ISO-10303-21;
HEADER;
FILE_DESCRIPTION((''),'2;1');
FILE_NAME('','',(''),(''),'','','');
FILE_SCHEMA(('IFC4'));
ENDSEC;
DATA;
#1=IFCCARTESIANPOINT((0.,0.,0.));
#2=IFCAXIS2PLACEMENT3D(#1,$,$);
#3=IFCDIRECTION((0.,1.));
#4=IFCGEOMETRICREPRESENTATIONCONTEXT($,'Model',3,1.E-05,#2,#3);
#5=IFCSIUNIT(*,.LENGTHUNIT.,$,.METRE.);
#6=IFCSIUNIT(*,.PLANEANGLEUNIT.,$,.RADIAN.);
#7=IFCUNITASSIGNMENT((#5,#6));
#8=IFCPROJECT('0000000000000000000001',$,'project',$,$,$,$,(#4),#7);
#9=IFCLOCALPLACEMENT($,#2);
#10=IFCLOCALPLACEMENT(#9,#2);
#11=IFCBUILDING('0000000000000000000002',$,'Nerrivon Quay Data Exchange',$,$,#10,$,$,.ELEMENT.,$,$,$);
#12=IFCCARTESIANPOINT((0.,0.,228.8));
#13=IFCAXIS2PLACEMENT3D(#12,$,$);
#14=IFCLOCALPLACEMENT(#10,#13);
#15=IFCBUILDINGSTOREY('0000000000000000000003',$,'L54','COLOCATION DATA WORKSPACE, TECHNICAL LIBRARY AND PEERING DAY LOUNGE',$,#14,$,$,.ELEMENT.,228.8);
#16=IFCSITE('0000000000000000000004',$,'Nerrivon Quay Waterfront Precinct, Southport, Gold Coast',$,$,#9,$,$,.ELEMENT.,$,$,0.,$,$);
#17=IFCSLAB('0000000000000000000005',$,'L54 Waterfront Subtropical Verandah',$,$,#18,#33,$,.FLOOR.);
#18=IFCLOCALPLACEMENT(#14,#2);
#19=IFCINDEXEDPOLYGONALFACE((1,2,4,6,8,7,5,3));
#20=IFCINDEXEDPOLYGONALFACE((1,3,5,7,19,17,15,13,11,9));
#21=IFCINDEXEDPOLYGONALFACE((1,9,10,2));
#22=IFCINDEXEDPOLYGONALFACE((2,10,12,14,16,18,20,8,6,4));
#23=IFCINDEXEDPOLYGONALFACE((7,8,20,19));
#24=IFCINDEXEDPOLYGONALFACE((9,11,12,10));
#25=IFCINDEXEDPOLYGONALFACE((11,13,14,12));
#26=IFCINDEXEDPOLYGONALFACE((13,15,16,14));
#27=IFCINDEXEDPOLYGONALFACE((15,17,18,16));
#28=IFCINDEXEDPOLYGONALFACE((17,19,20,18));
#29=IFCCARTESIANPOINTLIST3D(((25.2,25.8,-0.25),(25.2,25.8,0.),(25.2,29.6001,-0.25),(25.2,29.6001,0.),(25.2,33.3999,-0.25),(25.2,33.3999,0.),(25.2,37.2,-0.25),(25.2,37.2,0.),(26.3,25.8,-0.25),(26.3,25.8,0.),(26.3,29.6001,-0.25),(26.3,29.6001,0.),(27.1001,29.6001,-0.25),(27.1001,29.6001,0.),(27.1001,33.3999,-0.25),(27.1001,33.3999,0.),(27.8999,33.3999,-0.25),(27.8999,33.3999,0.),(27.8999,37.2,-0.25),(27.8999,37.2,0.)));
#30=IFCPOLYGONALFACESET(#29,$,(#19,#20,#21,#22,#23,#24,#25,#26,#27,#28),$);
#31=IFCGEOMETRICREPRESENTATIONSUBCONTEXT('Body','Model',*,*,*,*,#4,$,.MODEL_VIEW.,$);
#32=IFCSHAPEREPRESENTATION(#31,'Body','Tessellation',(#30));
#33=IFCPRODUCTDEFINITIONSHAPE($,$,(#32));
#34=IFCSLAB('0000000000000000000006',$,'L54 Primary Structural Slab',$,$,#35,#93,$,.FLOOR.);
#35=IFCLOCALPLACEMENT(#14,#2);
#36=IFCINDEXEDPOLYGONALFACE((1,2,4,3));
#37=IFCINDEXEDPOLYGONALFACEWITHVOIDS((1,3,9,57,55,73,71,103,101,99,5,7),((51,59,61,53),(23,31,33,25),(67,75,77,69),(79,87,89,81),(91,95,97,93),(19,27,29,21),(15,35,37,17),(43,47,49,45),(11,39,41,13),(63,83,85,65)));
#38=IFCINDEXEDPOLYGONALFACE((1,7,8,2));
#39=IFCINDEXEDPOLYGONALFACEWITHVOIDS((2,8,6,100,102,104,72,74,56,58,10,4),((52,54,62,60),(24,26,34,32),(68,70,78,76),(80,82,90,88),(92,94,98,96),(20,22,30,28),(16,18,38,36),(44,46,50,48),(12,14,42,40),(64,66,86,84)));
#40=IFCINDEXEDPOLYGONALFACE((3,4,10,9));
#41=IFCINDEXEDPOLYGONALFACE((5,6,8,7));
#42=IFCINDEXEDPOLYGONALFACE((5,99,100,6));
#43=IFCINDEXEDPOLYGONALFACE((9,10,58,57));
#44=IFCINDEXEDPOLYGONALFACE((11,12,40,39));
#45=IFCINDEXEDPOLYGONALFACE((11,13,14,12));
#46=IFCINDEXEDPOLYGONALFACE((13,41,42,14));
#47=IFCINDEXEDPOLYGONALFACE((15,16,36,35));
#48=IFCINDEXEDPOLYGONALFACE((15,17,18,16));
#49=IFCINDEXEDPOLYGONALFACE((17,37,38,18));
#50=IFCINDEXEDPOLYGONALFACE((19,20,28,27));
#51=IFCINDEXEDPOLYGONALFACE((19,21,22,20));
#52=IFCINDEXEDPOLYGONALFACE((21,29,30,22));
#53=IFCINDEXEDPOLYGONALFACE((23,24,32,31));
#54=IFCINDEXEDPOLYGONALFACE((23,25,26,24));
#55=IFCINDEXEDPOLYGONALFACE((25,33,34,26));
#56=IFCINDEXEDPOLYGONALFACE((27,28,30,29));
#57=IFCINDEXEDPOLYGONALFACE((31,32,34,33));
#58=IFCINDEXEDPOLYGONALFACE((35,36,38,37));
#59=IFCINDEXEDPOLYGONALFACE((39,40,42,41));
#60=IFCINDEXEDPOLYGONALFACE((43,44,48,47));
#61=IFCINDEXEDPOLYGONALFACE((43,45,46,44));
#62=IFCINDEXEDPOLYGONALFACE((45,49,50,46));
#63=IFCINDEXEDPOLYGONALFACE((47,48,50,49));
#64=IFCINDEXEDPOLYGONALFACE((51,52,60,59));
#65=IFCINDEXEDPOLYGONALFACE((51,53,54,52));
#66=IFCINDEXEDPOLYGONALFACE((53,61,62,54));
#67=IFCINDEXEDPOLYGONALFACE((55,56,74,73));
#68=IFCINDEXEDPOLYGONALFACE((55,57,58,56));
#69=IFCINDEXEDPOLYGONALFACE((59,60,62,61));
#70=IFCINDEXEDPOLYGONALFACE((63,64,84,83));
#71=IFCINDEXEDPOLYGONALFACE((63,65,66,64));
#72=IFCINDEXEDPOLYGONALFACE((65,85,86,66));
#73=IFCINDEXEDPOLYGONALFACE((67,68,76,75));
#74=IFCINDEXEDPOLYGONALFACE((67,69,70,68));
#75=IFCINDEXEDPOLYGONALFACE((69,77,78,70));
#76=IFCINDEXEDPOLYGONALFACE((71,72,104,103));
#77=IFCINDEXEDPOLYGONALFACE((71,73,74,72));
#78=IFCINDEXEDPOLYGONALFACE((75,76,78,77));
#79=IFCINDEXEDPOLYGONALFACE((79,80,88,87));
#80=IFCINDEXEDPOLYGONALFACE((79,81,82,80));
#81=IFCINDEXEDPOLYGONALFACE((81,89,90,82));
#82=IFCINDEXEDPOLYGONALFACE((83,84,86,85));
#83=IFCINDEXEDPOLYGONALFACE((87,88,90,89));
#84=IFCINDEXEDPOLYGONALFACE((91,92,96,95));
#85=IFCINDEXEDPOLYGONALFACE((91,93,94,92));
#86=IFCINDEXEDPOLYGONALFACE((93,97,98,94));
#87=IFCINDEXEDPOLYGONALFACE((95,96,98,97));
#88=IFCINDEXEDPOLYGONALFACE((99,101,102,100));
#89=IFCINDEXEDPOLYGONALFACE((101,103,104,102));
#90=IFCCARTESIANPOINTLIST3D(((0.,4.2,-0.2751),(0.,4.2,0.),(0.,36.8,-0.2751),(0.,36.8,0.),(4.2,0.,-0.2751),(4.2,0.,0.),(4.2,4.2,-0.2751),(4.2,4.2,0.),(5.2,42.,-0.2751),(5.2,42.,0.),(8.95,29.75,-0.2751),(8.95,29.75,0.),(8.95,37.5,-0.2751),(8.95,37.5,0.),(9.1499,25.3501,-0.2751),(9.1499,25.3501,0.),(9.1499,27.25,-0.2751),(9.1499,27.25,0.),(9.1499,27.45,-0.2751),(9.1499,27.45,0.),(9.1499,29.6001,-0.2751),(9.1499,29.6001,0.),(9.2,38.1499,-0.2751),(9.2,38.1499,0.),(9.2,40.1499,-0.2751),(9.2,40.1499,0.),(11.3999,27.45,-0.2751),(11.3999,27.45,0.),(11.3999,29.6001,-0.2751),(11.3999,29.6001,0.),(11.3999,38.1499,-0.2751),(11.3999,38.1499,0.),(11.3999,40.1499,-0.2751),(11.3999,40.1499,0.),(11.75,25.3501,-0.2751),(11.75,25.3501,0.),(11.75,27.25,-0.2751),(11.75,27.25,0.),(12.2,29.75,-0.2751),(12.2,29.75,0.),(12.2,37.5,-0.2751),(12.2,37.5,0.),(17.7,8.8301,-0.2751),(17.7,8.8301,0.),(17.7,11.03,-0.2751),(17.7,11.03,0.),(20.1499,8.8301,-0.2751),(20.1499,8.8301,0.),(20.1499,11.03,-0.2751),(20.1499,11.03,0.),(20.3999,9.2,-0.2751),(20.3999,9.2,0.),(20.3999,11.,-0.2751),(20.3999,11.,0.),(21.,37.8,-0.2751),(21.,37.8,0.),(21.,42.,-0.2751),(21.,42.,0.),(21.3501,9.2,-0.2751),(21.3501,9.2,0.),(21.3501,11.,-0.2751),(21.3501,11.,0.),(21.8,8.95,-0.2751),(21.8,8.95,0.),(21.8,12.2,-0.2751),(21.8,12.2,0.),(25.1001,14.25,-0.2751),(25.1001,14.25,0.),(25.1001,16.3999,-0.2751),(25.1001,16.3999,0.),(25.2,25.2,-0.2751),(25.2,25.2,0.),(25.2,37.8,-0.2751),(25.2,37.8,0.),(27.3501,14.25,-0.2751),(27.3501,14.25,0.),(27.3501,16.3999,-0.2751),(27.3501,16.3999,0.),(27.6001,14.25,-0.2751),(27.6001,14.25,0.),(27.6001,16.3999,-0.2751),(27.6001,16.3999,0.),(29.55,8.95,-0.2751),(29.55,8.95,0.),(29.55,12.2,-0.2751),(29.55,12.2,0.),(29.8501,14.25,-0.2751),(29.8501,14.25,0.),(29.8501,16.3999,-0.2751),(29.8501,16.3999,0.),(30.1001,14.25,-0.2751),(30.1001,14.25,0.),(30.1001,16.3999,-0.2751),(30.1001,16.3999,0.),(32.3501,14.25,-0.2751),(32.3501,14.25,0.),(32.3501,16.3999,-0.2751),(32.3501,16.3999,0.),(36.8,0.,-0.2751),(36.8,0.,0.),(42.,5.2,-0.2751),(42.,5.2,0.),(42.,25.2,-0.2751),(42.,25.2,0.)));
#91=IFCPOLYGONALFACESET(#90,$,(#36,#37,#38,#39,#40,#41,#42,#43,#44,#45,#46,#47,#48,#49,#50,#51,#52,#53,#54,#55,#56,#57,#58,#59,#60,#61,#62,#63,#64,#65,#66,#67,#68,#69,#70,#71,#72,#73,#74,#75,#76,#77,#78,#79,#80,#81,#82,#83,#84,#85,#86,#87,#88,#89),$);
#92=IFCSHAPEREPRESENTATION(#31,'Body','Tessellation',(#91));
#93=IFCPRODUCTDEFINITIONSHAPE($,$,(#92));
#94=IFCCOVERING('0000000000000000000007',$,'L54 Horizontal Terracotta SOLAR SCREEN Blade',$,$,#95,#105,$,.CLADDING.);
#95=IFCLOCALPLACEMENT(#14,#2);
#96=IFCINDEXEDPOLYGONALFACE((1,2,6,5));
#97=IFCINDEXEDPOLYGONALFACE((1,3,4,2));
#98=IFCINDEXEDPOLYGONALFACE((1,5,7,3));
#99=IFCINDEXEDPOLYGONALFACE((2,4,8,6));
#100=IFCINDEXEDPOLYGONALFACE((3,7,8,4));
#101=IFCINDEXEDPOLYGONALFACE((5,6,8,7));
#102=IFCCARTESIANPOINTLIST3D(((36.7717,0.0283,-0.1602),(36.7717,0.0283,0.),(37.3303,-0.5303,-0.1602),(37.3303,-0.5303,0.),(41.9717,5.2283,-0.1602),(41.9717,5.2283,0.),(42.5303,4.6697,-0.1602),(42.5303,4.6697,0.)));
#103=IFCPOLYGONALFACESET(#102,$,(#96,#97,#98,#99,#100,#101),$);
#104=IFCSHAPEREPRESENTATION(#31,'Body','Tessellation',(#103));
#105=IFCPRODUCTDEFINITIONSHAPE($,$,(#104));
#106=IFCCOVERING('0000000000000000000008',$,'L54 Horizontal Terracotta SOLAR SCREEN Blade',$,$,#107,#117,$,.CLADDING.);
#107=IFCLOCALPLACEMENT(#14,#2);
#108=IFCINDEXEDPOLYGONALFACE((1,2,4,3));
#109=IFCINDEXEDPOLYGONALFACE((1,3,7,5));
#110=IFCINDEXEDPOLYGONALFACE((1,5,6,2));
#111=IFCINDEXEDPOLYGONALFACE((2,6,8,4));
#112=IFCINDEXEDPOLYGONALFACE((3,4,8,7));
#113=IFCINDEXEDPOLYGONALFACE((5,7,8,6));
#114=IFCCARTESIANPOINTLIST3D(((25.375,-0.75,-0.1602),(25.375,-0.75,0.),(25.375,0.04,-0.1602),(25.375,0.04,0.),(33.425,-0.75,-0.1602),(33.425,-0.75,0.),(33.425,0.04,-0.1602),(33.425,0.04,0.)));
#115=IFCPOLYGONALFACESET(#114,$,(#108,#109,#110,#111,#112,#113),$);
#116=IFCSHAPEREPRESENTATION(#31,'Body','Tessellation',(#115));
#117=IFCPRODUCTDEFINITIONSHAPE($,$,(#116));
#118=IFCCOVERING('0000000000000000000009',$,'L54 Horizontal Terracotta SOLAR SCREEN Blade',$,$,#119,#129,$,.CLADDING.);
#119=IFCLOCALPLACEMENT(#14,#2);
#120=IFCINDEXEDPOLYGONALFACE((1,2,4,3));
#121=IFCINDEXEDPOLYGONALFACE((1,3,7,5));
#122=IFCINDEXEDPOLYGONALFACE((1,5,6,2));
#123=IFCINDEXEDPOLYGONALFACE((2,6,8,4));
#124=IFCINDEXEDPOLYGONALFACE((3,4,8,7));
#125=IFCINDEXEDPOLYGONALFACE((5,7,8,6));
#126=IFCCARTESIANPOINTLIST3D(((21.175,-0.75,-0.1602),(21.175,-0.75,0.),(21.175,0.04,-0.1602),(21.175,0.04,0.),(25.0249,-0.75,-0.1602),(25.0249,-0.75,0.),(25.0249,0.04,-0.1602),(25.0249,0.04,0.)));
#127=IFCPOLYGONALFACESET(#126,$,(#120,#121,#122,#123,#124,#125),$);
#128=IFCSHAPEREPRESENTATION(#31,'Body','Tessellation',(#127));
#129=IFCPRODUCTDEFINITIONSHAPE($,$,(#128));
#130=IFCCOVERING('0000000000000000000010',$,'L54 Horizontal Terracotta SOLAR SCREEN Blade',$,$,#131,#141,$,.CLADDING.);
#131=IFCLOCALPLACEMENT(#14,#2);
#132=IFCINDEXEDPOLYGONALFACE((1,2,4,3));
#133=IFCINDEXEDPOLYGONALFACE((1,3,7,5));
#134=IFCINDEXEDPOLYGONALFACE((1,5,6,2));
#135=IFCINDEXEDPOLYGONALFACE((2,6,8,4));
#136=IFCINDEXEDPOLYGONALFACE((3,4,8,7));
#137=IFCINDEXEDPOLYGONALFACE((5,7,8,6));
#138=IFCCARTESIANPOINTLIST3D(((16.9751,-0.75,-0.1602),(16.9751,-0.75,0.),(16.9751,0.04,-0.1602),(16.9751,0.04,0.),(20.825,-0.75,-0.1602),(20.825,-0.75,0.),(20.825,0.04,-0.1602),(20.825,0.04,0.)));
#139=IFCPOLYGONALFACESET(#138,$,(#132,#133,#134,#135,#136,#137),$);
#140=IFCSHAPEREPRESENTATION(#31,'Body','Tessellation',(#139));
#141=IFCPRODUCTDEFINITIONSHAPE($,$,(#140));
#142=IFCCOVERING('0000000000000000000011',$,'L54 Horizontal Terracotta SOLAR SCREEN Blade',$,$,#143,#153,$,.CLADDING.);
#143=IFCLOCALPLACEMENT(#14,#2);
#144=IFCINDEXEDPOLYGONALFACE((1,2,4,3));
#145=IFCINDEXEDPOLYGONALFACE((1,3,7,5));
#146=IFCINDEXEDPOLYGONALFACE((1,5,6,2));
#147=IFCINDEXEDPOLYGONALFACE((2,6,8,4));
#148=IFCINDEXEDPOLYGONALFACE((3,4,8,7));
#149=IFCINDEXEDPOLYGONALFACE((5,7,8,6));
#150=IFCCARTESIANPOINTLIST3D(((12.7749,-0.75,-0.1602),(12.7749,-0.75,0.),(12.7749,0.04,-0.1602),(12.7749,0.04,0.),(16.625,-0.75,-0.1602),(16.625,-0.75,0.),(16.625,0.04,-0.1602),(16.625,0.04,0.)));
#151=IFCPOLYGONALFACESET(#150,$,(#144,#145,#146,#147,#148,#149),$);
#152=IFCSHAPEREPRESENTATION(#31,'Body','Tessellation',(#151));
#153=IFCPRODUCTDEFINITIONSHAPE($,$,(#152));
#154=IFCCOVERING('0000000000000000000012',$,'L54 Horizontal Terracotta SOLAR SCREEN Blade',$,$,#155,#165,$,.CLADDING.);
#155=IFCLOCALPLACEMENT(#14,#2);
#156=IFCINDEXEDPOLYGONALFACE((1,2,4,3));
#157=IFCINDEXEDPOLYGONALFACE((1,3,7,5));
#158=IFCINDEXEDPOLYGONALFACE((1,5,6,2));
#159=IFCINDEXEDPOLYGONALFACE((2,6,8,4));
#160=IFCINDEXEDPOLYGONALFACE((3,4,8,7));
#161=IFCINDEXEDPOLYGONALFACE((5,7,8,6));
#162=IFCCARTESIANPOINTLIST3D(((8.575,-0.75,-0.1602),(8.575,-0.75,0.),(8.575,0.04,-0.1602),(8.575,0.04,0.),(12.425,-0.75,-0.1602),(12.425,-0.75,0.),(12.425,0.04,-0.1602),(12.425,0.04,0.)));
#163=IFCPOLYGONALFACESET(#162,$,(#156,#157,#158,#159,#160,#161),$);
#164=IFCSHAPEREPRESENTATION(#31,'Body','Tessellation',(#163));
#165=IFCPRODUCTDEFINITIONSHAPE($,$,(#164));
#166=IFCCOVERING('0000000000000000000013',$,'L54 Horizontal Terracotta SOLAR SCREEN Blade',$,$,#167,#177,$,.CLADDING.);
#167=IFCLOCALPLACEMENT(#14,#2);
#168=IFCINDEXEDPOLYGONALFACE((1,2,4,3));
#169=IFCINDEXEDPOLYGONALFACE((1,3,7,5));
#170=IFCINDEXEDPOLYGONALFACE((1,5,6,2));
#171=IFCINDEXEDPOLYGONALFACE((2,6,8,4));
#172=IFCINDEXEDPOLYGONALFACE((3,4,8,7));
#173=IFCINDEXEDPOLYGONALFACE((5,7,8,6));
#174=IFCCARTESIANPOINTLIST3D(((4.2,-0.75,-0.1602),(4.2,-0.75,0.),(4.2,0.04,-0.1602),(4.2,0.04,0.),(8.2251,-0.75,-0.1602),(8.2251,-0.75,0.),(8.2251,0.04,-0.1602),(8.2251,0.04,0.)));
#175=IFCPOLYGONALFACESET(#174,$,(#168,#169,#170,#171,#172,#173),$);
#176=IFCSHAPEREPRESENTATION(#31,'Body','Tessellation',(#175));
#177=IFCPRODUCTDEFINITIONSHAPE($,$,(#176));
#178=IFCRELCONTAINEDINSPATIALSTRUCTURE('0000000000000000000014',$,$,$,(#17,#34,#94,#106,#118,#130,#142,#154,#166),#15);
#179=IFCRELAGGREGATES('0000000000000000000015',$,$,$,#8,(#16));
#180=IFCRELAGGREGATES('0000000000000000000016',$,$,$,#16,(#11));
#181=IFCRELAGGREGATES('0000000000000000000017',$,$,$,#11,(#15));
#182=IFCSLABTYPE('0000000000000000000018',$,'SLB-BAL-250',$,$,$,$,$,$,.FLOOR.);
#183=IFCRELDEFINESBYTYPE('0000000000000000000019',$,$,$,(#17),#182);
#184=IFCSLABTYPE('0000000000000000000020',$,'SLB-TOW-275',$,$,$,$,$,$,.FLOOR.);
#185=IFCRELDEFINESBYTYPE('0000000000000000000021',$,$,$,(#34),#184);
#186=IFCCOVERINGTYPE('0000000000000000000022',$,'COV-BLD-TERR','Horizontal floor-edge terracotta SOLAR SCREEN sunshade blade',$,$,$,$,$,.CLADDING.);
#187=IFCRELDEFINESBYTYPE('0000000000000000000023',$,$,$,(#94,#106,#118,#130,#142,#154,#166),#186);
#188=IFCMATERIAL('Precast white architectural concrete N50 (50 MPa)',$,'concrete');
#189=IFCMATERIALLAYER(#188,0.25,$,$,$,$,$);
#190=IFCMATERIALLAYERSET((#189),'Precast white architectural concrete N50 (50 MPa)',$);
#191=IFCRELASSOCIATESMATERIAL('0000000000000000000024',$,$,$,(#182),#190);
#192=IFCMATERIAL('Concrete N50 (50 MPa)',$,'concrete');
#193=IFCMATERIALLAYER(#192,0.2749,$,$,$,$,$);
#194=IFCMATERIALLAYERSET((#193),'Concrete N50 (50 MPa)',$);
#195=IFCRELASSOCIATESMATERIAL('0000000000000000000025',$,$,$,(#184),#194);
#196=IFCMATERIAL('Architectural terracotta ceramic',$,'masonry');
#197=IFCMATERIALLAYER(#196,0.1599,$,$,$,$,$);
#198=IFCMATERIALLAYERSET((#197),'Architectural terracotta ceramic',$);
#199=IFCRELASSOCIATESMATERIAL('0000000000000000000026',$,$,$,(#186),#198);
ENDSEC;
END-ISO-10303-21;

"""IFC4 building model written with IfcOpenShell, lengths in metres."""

from ifc_helpers import new_model, si_unit, direction, frame, origin, place, context, subcontext, project, spatial, polyline, outline, extrude, material, layer, layer_set, type_object, element, save


model = new_model("IFC4")

# Units and contexts
model_context = context("Model", 3, precision=1e-05, world=origin(), true_north=direction((0.0, 1.0)))
body_context = subcontext(model_context, "Body", "Model", "MODEL_VIEW")
ifc_project = project(units=[si_unit("LENGTHUNIT", "METRE"), si_unit("PLANEANGLEUNIT", "RADIAN")], contexts=[model_context])

# Site, building, storey
site_placement = place(None, origin())
site = spatial("IfcSite", under=ifc_project, at=site_placement, Name="Nerrivon Quay Waterfront Precinct, Southport, Gold Coast", CompositionType="ELEMENT", RefElevation=0.0)
building_placement = place(site_placement, origin())
building = spatial("IfcBuilding", under=site, at=building_placement, Name="Nerrivon Quay Data Exchange", CompositionType="ELEMENT")
storey_placement = place(building_placement, frame((0.0, 0.0, 228.8)))
storey = spatial("IfcBuildingStorey", under=building, at=storey_placement, Name="L54", Description="COLOCATION DATA WORKSPACE, TECHNICAL LIBRARY AND PEERING DAY LOUNGE", CompositionType="ELEMENT", Elevation=228.8)

# Slabs
ifc_material_1 = material(Name="Precast white architectural concrete N50 (50 MPa)", Category="concrete")
ifc_layer_1 = layer(ifc_material_1, 0.25)
ifc_layer_set_1 = layer_set([ifc_layer_1], Name="Precast white architectural concrete N50 (50 MPa)")
slab_type_1 = type_object("IfcSlabType", Name="SLB-BAL-250", PredefinedType="FLOOR", material=ifc_layer_set_1)
slab_1_placement = place(storey_placement, frame((0.0, 0.0, -0.25)))
element("IfcSlab", 1, at=slab_1_placement, inside=storey, type_object=slab_type_1, Name="L54 Waterfront Subtropical Verandah", PredefinedType="FLOOR", context=body_context, shape_type="SweptSolid", body=[
    extrude(outline(polyline([(26.3, 29.6001), (27.1001, 29.6001), (27.1001, 33.3999), (27.8999, 33.3999), (27.8999, 37.2), (25.2, 37.2), (25.2, 33.3999), (25.2, 29.6001), (25.2, 25.8), (26.3, 25.8), (26.3, 29.6001)])), origin(), (0.0, 0.0, 1.0), 0.25),
])
ifc_material_2 = material(Name="Concrete N50 (50 MPa)", Category="concrete")
ifc_layer_2 = layer(ifc_material_2, 0.2749)
ifc_layer_set_2 = layer_set([ifc_layer_2], Name="Concrete N50 (50 MPa)")
slab_type_2 = type_object("IfcSlabType", Name="SLB-TOW-275", PredefinedType="FLOOR", material=ifc_layer_set_2)
slab_2_placement = place(storey_placement, frame((0.0, 0.0, -0.2751)))
element("IfcSlab", 2, at=slab_2_placement, inside=storey, type_object=slab_type_2, Name="L54 Primary Structural Slab", PredefinedType="FLOOR", context=body_context, shape_type="SweptSolid", body=[
    extrude(outline(polyline([(42.0, 25.2), (25.2, 25.2), (25.2, 37.8), (21.0, 37.8), (21.0, 42.0), (5.2, 42.0), (0.0, 36.8), (0.0, 4.2), (4.2, 4.2), (4.2, 0.0), (36.8, 0.0), (42.0, 5.2), (42.0, 25.2)]), holes=[polyline([(8.95, 29.75), (8.95, 37.5), (12.2, 37.5), (12.2, 29.75), (8.95, 29.75)]), polyline([(21.8, 12.2), (29.55, 12.2), (29.55, 8.95), (21.8, 8.95), (21.8, 12.2)]), polyline([(30.1001, 14.25), (30.1001, 16.3999), (32.3501, 16.3999), (32.3501, 14.25), (30.1001, 14.25)]), polyline([(27.6001, 14.25), (27.6001, 16.3999), (29.8501, 16.3999), (29.8501, 14.25), (27.6001, 14.25)]), polyline([(25.1001, 14.25), (25.1001, 16.3999), (27.3501, 16.3999), (27.3501, 14.25), (25.1001, 14.25)]), polyline([(20.3999, 9.2), (20.3999, 11.0), (21.3501, 11.0), (21.3501, 9.2), (20.3999, 9.2)]), polyline([(17.7, 8.8301), (17.7, 11.03), (20.1499, 11.03), (20.1499, 8.8301), (17.7, 8.8301)]), polyline([(9.1499, 25.3501), (9.1499, 27.25), (11.75, 27.25), (11.75, 25.3501), (9.1499, 25.3501)]), polyline([(9.1499, 27.45), (9.1499, 29.6001), (11.3999, 29.6001), (11.3999, 27.45), (9.1499, 27.45)]), polyline([(9.2, 38.1499), (9.2, 40.1499), (11.3999, 40.1499), (11.3999, 38.1499), (9.2, 38.1499)])]), origin(), (0.0, 0.0, 1.0), 0.2751),
])

# Coverings
ifc_material_3 = material(Name="Architectural terracotta ceramic", Category="masonry")
ifc_layer_3 = layer(ifc_material_3, 0.1599)
ifc_layer_set_3 = layer_set([ifc_layer_3], Name="Architectural terracotta ceramic")
covering_type = type_object("IfcCoveringType", Name="COV-BLD-TERR", Description="Horizontal floor-edge terracotta SOLAR SCREEN sunshade blade", PredefinedType="CLADDING", material=ifc_layer_set_3)
covering_1_placement = place(storey_placement, frame((0.0, 0.0, -0.1602)))
element("IfcCovering", 3, at=covering_1_placement, inside=storey, type_object=covering_type, Name="L54 Horizontal Terracotta SOLAR SCREEN Blade", PredefinedType="CLADDING", context=body_context, shape_type="SweptSolid", body=[
    extrude(outline(polyline([(41.9717, 5.2283), (36.7717, 0.0283), (37.3303, -0.5303), (42.5303, 4.6697), (41.9717, 5.2283)])), origin(), (0.0, 0.0, 1.0), 0.1602),
])
covering_2_placement = place(storey_placement, frame((0.0, 0.0, -0.1602)))
element("IfcCovering", 4, at=covering_2_placement, inside=storey, type_object=covering_type, Name="L54 Horizontal Terracotta SOLAR SCREEN Blade", PredefinedType="CLADDING", context=body_context, shape_type="SweptSolid", body=[
    extrude(outline(polyline([(33.425, 0.04), (25.375, 0.04), (25.375, -0.75), (33.425, -0.75), (33.425, 0.04)])), origin(), (0.0, 0.0, 1.0), 0.1602),
])
covering_3_placement = place(storey_placement, frame((0.0, 0.0, -0.1602)))
element("IfcCovering", 5, at=covering_3_placement, inside=storey, type_object=covering_type, Name="L54 Horizontal Terracotta SOLAR SCREEN Blade", PredefinedType="CLADDING", context=body_context, shape_type="SweptSolid", body=[
    extrude(outline(polyline([(25.0249, 0.04), (21.175, 0.04), (21.175, -0.75), (25.0249, -0.75), (25.0249, 0.04)])), origin(), (0.0, 0.0, 1.0), 0.1602),
])
covering_4_placement = place(storey_placement, frame((0.0, 0.0, -0.1602)))
element("IfcCovering", 6, at=covering_4_placement, inside=storey, type_object=covering_type, Name="L54 Horizontal Terracotta SOLAR SCREEN Blade", PredefinedType="CLADDING", context=body_context, shape_type="SweptSolid", body=[
    extrude(outline(polyline([(20.825, 0.04), (16.9751, 0.04), (16.9751, -0.75), (20.825, -0.75), (20.825, 0.04)])), origin(), (0.0, 0.0, 1.0), 0.1602),
])
covering_5_placement = place(storey_placement, frame((0.0, 0.0, -0.1602)))
element("IfcCovering", 7, at=covering_5_placement, inside=storey, type_object=covering_type, Name="L54 Horizontal Terracotta SOLAR SCREEN Blade", PredefinedType="CLADDING", context=body_context, shape_type="SweptSolid", body=[
    extrude(outline(polyline([(16.625, 0.04), (12.7749, 0.04), (12.7749, -0.75), (16.625, -0.75), (16.625, 0.04)])), origin(), (0.0, 0.0, 1.0), 0.1602),
])
covering_6_placement = place(storey_placement, frame((0.0, 0.0, -0.1602)))
element("IfcCovering", 8, at=covering_6_placement, inside=storey, type_object=covering_type, Name="L54 Horizontal Terracotta SOLAR SCREEN Blade", PredefinedType="CLADDING", context=body_context, shape_type="SweptSolid", body=[
    extrude(outline(polyline([(12.425, 0.04), (8.575, 0.04), (8.575, -0.75), (12.425, -0.75), (12.425, 0.04)])), origin(), (0.0, 0.0, 1.0), 0.1602),
])
covering_7_placement = place(storey_placement, frame((0.0, 0.0, -0.1602)))
element("IfcCovering", 9, at=covering_7_placement, inside=storey, type_object=covering_type, Name="L54 Horizontal Terracotta SOLAR SCREEN Blade", PredefinedType="CLADDING", context=body_context, shape_type="SweptSolid", body=[
    extrude(outline(polyline([(8.2251, 0.04), (4.2, 0.04), (4.2, -0.75), (8.2251, -0.75), (8.2251, 0.04)])), origin(), (0.0, 0.0, 1.0), 0.1602),
])

save(model, "model.ifc")
